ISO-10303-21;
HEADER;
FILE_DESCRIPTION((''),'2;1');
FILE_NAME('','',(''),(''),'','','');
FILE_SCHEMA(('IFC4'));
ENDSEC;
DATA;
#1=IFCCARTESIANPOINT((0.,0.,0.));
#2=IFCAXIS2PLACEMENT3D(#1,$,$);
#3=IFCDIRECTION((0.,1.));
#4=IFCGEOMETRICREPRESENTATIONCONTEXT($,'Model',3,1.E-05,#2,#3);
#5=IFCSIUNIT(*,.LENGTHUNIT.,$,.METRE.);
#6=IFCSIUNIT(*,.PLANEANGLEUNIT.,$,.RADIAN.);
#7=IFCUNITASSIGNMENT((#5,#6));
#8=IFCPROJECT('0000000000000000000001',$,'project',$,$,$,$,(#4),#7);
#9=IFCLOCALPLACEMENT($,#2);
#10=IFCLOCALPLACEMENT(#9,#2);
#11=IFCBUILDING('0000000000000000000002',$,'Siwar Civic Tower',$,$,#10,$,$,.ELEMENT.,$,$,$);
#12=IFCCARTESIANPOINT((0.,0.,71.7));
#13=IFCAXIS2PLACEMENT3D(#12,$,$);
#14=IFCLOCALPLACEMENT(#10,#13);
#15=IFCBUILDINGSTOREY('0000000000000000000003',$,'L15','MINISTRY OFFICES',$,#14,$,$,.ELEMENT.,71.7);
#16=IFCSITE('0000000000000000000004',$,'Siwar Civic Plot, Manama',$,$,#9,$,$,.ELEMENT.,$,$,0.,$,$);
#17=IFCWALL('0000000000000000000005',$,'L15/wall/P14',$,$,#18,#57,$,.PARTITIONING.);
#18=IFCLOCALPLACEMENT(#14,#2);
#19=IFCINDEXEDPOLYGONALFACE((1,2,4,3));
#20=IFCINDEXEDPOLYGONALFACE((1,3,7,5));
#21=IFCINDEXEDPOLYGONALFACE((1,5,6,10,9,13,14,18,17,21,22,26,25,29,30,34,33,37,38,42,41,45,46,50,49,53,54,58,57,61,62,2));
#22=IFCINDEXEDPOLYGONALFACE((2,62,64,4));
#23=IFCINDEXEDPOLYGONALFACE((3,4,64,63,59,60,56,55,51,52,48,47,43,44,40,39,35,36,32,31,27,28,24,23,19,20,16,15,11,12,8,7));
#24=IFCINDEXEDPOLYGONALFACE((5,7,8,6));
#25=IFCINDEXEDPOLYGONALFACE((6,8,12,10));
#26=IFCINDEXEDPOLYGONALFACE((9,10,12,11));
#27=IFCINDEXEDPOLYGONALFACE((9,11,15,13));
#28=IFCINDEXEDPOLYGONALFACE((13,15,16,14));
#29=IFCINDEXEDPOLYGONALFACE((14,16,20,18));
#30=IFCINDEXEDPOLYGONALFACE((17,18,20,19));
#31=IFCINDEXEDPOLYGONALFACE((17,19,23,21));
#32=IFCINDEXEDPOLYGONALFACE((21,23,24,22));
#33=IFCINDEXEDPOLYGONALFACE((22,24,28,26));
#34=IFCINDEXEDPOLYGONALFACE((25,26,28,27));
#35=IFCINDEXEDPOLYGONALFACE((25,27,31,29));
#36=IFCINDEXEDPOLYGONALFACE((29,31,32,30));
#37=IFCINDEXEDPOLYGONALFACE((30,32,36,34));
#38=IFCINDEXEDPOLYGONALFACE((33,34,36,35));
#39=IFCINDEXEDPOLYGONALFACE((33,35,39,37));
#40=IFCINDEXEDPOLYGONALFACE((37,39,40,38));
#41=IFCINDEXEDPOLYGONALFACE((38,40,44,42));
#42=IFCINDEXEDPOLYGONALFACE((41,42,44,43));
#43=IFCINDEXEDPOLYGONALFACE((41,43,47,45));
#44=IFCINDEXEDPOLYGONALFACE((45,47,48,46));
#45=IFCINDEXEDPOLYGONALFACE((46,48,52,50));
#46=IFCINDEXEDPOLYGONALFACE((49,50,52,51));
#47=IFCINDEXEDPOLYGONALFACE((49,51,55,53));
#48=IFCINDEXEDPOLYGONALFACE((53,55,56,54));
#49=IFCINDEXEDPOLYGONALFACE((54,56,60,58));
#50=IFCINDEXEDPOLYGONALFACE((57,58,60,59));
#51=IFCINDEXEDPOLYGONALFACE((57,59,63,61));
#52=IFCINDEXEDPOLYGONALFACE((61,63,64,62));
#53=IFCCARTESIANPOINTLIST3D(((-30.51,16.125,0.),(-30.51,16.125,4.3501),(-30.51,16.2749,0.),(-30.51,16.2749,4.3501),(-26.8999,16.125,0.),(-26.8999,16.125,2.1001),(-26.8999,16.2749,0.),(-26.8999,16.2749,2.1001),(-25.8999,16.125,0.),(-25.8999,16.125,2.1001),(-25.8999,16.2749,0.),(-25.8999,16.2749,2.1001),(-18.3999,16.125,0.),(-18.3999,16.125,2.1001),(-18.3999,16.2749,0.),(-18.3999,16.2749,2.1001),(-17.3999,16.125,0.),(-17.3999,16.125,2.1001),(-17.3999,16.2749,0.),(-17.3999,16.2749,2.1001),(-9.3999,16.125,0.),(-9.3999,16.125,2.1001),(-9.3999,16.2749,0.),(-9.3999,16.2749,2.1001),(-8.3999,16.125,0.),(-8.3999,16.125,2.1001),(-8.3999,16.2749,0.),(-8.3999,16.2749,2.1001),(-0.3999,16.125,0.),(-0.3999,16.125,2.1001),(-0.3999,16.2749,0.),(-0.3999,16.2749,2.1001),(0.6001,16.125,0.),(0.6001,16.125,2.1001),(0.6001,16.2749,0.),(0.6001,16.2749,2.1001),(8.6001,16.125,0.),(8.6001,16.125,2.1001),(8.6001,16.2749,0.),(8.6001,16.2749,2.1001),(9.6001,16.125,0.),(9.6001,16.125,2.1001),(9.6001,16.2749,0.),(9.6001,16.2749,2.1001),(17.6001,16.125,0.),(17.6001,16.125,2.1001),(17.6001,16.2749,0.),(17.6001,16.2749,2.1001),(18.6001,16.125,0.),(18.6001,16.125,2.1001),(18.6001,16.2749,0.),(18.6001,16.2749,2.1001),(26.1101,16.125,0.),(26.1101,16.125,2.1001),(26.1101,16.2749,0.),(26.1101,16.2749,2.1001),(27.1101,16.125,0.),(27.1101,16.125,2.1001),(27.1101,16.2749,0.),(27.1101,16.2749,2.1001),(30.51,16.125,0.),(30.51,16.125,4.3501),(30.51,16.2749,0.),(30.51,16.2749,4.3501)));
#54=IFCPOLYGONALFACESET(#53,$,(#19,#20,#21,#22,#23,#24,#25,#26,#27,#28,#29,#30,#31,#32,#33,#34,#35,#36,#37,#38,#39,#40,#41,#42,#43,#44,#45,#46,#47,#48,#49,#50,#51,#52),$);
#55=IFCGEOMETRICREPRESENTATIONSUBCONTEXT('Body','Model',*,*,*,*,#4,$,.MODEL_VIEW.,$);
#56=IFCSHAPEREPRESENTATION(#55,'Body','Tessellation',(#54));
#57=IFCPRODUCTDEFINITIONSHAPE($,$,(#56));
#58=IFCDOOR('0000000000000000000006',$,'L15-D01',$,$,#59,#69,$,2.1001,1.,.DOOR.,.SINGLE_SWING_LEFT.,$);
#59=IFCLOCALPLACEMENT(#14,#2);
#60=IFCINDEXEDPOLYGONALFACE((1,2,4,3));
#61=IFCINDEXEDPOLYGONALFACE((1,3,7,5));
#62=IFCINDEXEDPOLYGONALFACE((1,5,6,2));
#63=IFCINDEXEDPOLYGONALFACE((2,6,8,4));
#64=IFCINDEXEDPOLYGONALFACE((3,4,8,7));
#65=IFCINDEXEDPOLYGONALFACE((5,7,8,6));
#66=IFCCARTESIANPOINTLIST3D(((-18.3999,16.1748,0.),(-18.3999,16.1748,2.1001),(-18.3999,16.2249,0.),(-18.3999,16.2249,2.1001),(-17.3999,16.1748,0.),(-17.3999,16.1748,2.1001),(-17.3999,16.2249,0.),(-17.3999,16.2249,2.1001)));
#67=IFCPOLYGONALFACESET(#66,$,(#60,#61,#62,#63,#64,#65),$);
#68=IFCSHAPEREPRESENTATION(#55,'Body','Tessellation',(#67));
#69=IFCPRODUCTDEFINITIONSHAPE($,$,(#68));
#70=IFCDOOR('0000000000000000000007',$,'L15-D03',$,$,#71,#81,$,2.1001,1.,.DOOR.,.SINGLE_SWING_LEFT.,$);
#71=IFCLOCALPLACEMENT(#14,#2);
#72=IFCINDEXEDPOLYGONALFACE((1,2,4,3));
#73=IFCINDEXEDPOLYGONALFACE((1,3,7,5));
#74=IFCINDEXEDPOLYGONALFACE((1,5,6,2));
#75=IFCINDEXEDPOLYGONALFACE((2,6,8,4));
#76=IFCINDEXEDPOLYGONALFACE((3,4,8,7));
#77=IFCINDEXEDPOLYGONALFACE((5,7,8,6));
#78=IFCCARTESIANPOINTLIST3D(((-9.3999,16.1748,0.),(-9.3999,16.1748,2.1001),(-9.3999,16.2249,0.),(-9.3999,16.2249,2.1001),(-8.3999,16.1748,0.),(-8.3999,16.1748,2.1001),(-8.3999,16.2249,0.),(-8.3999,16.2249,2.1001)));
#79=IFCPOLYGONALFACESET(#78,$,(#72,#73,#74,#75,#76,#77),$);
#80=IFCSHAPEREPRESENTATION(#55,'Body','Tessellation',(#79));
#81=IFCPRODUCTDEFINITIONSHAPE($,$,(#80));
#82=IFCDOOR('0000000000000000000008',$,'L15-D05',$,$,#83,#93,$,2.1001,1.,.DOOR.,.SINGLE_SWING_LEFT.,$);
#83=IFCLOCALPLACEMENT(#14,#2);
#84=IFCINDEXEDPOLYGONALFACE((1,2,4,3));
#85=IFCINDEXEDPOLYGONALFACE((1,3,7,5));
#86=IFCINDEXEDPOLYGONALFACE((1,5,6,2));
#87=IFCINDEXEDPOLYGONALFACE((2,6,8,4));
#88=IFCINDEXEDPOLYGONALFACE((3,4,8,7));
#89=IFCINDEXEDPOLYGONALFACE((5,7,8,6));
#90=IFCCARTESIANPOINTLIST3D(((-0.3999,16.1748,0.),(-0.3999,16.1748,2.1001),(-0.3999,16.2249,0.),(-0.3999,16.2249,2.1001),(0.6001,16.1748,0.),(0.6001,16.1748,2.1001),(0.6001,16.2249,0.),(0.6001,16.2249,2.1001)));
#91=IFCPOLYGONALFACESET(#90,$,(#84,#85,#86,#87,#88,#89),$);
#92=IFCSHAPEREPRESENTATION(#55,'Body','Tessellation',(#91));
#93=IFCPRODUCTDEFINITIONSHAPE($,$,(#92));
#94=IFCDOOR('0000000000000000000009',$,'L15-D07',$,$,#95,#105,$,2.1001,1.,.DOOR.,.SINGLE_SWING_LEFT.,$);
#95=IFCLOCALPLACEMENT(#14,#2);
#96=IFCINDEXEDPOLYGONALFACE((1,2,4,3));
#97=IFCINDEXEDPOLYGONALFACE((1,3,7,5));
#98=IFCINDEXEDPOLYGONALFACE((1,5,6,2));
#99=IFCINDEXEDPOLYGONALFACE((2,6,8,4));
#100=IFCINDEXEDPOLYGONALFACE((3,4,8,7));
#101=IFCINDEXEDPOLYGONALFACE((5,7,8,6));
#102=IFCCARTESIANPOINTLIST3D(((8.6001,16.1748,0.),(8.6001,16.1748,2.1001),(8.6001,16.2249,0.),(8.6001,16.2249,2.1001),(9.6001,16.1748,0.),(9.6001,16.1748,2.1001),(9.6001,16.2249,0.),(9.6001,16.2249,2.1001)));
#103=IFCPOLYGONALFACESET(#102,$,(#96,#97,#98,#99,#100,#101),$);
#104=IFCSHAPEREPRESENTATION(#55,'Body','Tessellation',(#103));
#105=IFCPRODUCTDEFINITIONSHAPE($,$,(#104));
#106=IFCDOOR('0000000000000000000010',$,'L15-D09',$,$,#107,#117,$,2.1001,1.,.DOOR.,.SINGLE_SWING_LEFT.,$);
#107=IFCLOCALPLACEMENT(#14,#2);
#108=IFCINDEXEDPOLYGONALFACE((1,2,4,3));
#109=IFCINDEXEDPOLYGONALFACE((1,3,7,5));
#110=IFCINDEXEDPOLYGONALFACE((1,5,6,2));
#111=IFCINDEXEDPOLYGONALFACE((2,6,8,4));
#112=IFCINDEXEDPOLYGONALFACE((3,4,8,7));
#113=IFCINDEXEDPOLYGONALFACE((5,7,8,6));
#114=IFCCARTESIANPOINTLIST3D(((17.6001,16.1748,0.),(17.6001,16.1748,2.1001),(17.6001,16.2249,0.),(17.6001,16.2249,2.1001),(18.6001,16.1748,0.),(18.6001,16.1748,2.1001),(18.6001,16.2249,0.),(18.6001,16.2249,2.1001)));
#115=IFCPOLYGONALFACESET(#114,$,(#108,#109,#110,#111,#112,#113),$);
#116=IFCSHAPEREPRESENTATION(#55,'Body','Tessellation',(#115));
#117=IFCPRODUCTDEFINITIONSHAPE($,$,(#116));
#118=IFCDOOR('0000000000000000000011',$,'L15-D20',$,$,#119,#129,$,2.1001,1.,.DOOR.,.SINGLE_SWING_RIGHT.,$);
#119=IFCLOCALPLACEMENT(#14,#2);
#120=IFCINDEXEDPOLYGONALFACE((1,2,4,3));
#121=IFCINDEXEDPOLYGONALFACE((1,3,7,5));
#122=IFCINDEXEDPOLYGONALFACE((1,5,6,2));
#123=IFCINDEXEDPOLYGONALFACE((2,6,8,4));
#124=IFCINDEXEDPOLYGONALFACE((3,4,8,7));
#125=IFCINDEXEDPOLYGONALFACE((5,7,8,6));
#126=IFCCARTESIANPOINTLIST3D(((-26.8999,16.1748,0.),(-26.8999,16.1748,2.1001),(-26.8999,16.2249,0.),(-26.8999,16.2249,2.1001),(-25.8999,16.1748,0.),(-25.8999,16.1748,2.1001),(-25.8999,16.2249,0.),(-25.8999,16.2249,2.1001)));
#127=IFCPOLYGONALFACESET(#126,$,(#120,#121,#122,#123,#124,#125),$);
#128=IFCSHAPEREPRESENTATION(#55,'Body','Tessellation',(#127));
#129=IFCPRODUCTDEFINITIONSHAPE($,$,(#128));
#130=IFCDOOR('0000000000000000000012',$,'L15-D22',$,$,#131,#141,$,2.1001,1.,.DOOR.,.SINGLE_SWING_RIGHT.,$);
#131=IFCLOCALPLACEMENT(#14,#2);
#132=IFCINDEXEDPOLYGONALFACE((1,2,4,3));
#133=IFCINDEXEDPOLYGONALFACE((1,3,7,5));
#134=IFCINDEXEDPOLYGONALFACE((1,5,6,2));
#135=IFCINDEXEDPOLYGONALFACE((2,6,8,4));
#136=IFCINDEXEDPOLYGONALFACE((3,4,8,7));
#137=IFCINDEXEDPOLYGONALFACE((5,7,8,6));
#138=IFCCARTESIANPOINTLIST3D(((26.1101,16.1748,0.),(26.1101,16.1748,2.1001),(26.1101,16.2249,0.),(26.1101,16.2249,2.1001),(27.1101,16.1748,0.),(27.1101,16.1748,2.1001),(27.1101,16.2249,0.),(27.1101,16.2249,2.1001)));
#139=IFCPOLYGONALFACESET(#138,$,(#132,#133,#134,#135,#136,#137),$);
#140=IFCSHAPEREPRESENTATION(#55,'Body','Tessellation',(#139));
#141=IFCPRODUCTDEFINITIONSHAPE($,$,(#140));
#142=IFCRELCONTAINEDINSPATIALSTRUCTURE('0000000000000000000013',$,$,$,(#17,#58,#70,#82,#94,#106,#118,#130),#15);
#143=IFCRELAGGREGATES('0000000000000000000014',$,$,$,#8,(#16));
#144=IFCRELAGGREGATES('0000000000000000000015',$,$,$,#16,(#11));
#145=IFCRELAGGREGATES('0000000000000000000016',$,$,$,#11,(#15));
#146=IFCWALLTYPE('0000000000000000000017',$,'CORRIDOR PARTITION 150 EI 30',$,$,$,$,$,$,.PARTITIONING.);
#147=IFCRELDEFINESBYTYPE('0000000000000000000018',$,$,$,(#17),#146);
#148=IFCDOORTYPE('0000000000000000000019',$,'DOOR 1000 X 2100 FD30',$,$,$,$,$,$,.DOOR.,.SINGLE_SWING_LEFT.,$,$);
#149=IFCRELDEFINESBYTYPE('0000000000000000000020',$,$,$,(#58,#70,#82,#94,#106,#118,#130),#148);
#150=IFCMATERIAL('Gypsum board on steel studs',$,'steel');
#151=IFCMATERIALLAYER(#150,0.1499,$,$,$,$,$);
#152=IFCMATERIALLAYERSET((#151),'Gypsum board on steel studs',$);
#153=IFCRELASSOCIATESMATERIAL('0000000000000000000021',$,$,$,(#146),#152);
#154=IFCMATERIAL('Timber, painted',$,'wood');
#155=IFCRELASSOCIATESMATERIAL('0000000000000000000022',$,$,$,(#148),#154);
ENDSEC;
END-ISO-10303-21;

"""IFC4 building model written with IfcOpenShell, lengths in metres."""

from ifc_helpers import new_model, si_unit, direction, frame, frame_2d, origin, place, context, subcontext, project, spatial, rectangle, extrude, material, layer, layer_set, type_object, element, fill, save


model = new_model("IFC4")

# Units and contexts
model_context = context("Model", 3, precision=1e-05, world=origin(), true_north=direction((0.0, 1.0)))
body_context = subcontext(model_context, "Body", "Model", "MODEL_VIEW")
ifc_project = project(units=[si_unit("LENGTHUNIT", "METRE"), si_unit("PLANEANGLEUNIT", "RADIAN")], contexts=[model_context])

# Site, building, storey
site_placement = place(None, origin())
site = spatial("IfcSite", under=ifc_project, at=site_placement, Name="Siwar Civic Plot, Manama", CompositionType="ELEMENT", RefElevation=0.0)
building_placement = place(site_placement, origin())
building = spatial("IfcBuilding", under=site, at=building_placement, Name="Siwar Civic Tower", CompositionType="ELEMENT")
storey_placement = place(building_placement, frame((0.0, 0.0, 71.7)))
storey = spatial("IfcBuildingStorey", under=building, at=storey_placement, Name="L15", Description="MINISTRY OFFICES", CompositionType="ELEMENT", Elevation=71.7)

# Shared definitions
ifc_material_1 = material(Name="Gypsum board on steel studs", Category="steel")
ifc_layer_1 = layer(ifc_material_1, 0.1499)
ifc_layer_set_1 = layer_set([ifc_layer_1], Name="Gypsum board on steel studs")
wall_type_1 = type_object("IfcWallType", Name="CORRIDOR PARTITION 150 EI 30", PredefinedType="PARTITIONING", material=ifc_layer_set_1)
ifc_material_2 = material(Name="Timber, painted", Category="wood")
door_type_1 = type_object("IfcDoorType", Name="DOOR 1000 X 2100 FD30", OperationType="SINGLE_SWING_LEFT", PredefinedType="DOOR", material=ifc_material_2)

# Wall, openings, doors
wall_1_placement = place(storey_placement, frame((-30.51, 16.2, 0.0), z_axis=(0.0, 0.0, 1.0), x_axis=(1.0, 0.0, 0.0)))
wall_1 = element("IfcWall", 1, at=wall_1_placement, inside=storey, type_object=wall_type_1, Name="L15/wall/P14", PredefinedType="PARTITIONING", context=body_context, shape_type="SweptSolid", body=[
    extrude(rectangle(XDim=61.02, YDim=0.1499, at=frame_2d((30.51, 0.0))), origin(), (0.0, 0.0, 1.0), 4.3501),
])
opening_1_placement = place(wall_1_placement, frame((12.1101, 0.0, 0.0)))
opening_1 = element("IfcOpeningElement", 2, at=opening_1_placement, cuts=wall_1, PredefinedType="OPENING", context=body_context, shape_type="SweptSolid", body=[
    extrude(rectangle(XDim=1.0, YDim=2.1001, at=frame_2d((0.5, 1.05))), frame((0.0, 0.085, 0.0), z_axis=(0.0, -1.0, 0.0), x_axis=(1.0, 0.0, 0.0)), (0.0, 0.0, 1.0), 0.1699),
])
opening_2_placement = place(wall_1_placement, frame((21.1101, 0.0, 0.0)))
opening_2 = element("IfcOpeningElement", 3, at=opening_2_placement, cuts=wall_1, PredefinedType="OPENING", context=body_context, shape_type="SweptSolid", body=[
    extrude(rectangle(XDim=1.0, YDim=2.1001, at=frame_2d((0.5, 1.05))), frame((0.0, 0.085, 0.0), z_axis=(0.0, -1.0, 0.0), x_axis=(1.0, 0.0, 0.0)), (0.0, 0.0, 1.0), 0.1699),
])
opening_3_placement = place(wall_1_placement, frame((30.1101, 0.0, 0.0)))
opening_3 = element("IfcOpeningElement", 4, at=opening_3_placement, cuts=wall_1, PredefinedType="OPENING", context=body_context, shape_type="SweptSolid", body=[
    extrude(rectangle(XDim=1.0, YDim=2.1001, at=frame_2d((0.5, 1.05))), frame((0.0, 0.085, 0.0), z_axis=(0.0, -1.0, 0.0), x_axis=(1.0, 0.0, 0.0)), (0.0, 0.0, 1.0), 0.1699),
])
opening_4_placement = place(wall_1_placement, frame((39.1101, 0.0, 0.0)))
opening_4 = element("IfcOpeningElement", 5, at=opening_4_placement, cuts=wall_1, PredefinedType="OPENING", context=body_context, shape_type="SweptSolid", body=[
    extrude(rectangle(XDim=1.0, YDim=2.1001, at=frame_2d((0.5, 1.05))), frame((0.0, 0.085, 0.0), z_axis=(0.0, -1.0, 0.0), x_axis=(1.0, 0.0, 0.0)), (0.0, 0.0, 1.0), 0.1699),
])
opening_5_placement = place(wall_1_placement, frame((48.1101, 0.0, 0.0)))
opening_5 = element("IfcOpeningElement", 6, at=opening_5_placement, cuts=wall_1, PredefinedType="OPENING", context=body_context, shape_type="SweptSolid", body=[
    extrude(rectangle(XDim=1.0, YDim=2.1001, at=frame_2d((0.5, 1.05))), frame((0.0, 0.085, 0.0), z_axis=(0.0, -1.0, 0.0), x_axis=(1.0, 0.0, 0.0)), (0.0, 0.0, 1.0), 0.1699),
])
opening_6_placement = place(wall_1_placement, frame((3.6101, 0.0, 0.0)))
opening_6 = element("IfcOpeningElement", 7, at=opening_6_placement, cuts=wall_1, PredefinedType="OPENING", context=body_context, shape_type="SweptSolid", body=[
    extrude(rectangle(XDim=1.0, YDim=2.1001, at=frame_2d((0.5, 1.05))), frame((0.0, 0.085, 0.0), z_axis=(0.0, -1.0, 0.0), x_axis=(1.0, 0.0, 0.0)), (0.0, 0.0, 1.0), 0.1699),
])
opening_7_placement = place(wall_1_placement, frame((56.6201, 0.0, 0.0)))
opening_7 = element("IfcOpeningElement", 8, at=opening_7_placement, cuts=wall_1, PredefinedType="OPENING", context=body_context, shape_type="SweptSolid", body=[
    extrude(rectangle(XDim=1.0, YDim=2.1001, at=frame_2d((0.5, 1.05))), frame((0.0, 0.085, 0.0), z_axis=(0.0, -1.0, 0.0), x_axis=(1.0, 0.0, 0.0)), (0.0, 0.0, 1.0), 0.1699),
])
door_1_placement = place(opening_1_placement, origin())
door_1 = element("IfcDoor", 9, at=door_1_placement, inside=storey, type_object=door_type_1, Name="L15-D01", OperationType="SINGLE_SWING_LEFT", OverallHeight=2.1001, OverallWidth=1.0, PredefinedType="DOOR", context=body_context, shape_type="SweptSolid", body=[
    extrude(rectangle(XDim=1.0, YDim=2.1001, at=frame_2d((0.5, 1.05))), frame((0.0, 0.0249, 0.0), z_axis=(0.0, -1.0, 0.0), x_axis=(1.0, 0.0, 0.0)), (0.0, 0.0, 1.0), 0.05),
])
fill(opening_1, door_1)
door_2_placement = place(opening_2_placement, origin())
door_2 = element("IfcDoor", 10, at=door_2_placement, inside=storey, type_object=door_type_1, Name="L15-D03", OperationType="SINGLE_SWING_LEFT", OverallHeight=2.1001, OverallWidth=1.0, PredefinedType="DOOR", context=body_context, shape_type="SweptSolid", body=[
    extrude(rectangle(XDim=1.0, YDim=2.1001, at=frame_2d((0.5, 1.05))), frame((0.0, 0.0249, 0.0), z_axis=(0.0, -1.0, 0.0), x_axis=(1.0, 0.0, 0.0)), (0.0, 0.0, 1.0), 0.05),
])
fill(opening_2, door_2)
door_3_placement = place(opening_3_placement, origin())
door_3 = element("IfcDoor", 11, at=door_3_placement, inside=storey, type_object=door_type_1, Name="L15-D05", OperationType="SINGLE_SWING_LEFT", OverallHeight=2.1001, OverallWidth=1.0, PredefinedType="DOOR", context=body_context, shape_type="SweptSolid", body=[
    extrude(rectangle(XDim=1.0, YDim=2.1001, at=frame_2d((0.5, 1.05))), frame((0.0, 0.0249, 0.0), z_axis=(0.0, -1.0, 0.0), x_axis=(1.0, 0.0, 0.0)), (0.0, 0.0, 1.0), 0.05),
])
fill(opening_3, door_3)
door_4_placement = place(opening_4_placement, origin())
door_4 = element("IfcDoor", 12, at=door_4_placement, inside=storey, type_object=door_type_1, Name="L15-D07", OperationType="SINGLE_SWING_LEFT", OverallHeight=2.1001, OverallWidth=1.0, PredefinedType="DOOR", context=body_context, shape_type="SweptSolid", body=[
    extrude(rectangle(XDim=1.0, YDim=2.1001, at=frame_2d((0.5, 1.05))), frame((0.0, 0.0249, 0.0), z_axis=(0.0, -1.0, 0.0), x_axis=(1.0, 0.0, 0.0)), (0.0, 0.0, 1.0), 0.05),
])
fill(opening_4, door_4)
door_5_placement = place(opening_5_placement, origin())
door_5 = element("IfcDoor", 13, at=door_5_placement, inside=storey, type_object=door_type_1, Name="L15-D09", OperationType="SINGLE_SWING_LEFT", OverallHeight=2.1001, OverallWidth=1.0, PredefinedType="DOOR", context=body_context, shape_type="SweptSolid", body=[
    extrude(rectangle(XDim=1.0, YDim=2.1001, at=frame_2d((0.5, 1.05))), frame((0.0, 0.0249, 0.0), z_axis=(0.0, -1.0, 0.0), x_axis=(1.0, 0.0, 0.0)), (0.0, 0.0, 1.0), 0.05),
])
fill(opening_5, door_5)
door_6_placement = place(opening_6_placement, origin())
door_6 = element("IfcDoor", 14, at=door_6_placement, inside=storey, type_object=door_type_1, Name="L15-D20", OperationType="SINGLE_SWING_RIGHT", OverallHeight=2.1001, OverallWidth=1.0, PredefinedType="DOOR", context=body_context, shape_type="SweptSolid", body=[
    extrude(rectangle(XDim=1.0, YDim=2.1001, at=frame_2d((0.5, 1.05))), frame((0.0, 0.0249, 0.0), z_axis=(0.0, -1.0, 0.0), x_axis=(1.0, 0.0, 0.0)), (0.0, 0.0, 1.0), 0.05),
])
fill(opening_6, door_6)
door_7_placement = place(opening_7_placement, origin())
door_7 = element("IfcDoor", 15, at=door_7_placement, inside=storey, type_object=door_type_1, Name="L15-D22", OperationType="SINGLE_SWING_RIGHT", OverallHeight=2.1001, OverallWidth=1.0, PredefinedType="DOOR", context=body_context, shape_type="SweptSolid", body=[
    extrude(rectangle(XDim=1.0, YDim=2.1001, at=frame_2d((0.5, 1.05))), frame((0.0, 0.0249, 0.0), z_axis=(0.0, -1.0, 0.0), x_axis=(1.0, 0.0, 0.0)), (0.0, 0.0, 1.0), 0.05),
])
fill(opening_7, door_7)

save(model, "model.ifc")
